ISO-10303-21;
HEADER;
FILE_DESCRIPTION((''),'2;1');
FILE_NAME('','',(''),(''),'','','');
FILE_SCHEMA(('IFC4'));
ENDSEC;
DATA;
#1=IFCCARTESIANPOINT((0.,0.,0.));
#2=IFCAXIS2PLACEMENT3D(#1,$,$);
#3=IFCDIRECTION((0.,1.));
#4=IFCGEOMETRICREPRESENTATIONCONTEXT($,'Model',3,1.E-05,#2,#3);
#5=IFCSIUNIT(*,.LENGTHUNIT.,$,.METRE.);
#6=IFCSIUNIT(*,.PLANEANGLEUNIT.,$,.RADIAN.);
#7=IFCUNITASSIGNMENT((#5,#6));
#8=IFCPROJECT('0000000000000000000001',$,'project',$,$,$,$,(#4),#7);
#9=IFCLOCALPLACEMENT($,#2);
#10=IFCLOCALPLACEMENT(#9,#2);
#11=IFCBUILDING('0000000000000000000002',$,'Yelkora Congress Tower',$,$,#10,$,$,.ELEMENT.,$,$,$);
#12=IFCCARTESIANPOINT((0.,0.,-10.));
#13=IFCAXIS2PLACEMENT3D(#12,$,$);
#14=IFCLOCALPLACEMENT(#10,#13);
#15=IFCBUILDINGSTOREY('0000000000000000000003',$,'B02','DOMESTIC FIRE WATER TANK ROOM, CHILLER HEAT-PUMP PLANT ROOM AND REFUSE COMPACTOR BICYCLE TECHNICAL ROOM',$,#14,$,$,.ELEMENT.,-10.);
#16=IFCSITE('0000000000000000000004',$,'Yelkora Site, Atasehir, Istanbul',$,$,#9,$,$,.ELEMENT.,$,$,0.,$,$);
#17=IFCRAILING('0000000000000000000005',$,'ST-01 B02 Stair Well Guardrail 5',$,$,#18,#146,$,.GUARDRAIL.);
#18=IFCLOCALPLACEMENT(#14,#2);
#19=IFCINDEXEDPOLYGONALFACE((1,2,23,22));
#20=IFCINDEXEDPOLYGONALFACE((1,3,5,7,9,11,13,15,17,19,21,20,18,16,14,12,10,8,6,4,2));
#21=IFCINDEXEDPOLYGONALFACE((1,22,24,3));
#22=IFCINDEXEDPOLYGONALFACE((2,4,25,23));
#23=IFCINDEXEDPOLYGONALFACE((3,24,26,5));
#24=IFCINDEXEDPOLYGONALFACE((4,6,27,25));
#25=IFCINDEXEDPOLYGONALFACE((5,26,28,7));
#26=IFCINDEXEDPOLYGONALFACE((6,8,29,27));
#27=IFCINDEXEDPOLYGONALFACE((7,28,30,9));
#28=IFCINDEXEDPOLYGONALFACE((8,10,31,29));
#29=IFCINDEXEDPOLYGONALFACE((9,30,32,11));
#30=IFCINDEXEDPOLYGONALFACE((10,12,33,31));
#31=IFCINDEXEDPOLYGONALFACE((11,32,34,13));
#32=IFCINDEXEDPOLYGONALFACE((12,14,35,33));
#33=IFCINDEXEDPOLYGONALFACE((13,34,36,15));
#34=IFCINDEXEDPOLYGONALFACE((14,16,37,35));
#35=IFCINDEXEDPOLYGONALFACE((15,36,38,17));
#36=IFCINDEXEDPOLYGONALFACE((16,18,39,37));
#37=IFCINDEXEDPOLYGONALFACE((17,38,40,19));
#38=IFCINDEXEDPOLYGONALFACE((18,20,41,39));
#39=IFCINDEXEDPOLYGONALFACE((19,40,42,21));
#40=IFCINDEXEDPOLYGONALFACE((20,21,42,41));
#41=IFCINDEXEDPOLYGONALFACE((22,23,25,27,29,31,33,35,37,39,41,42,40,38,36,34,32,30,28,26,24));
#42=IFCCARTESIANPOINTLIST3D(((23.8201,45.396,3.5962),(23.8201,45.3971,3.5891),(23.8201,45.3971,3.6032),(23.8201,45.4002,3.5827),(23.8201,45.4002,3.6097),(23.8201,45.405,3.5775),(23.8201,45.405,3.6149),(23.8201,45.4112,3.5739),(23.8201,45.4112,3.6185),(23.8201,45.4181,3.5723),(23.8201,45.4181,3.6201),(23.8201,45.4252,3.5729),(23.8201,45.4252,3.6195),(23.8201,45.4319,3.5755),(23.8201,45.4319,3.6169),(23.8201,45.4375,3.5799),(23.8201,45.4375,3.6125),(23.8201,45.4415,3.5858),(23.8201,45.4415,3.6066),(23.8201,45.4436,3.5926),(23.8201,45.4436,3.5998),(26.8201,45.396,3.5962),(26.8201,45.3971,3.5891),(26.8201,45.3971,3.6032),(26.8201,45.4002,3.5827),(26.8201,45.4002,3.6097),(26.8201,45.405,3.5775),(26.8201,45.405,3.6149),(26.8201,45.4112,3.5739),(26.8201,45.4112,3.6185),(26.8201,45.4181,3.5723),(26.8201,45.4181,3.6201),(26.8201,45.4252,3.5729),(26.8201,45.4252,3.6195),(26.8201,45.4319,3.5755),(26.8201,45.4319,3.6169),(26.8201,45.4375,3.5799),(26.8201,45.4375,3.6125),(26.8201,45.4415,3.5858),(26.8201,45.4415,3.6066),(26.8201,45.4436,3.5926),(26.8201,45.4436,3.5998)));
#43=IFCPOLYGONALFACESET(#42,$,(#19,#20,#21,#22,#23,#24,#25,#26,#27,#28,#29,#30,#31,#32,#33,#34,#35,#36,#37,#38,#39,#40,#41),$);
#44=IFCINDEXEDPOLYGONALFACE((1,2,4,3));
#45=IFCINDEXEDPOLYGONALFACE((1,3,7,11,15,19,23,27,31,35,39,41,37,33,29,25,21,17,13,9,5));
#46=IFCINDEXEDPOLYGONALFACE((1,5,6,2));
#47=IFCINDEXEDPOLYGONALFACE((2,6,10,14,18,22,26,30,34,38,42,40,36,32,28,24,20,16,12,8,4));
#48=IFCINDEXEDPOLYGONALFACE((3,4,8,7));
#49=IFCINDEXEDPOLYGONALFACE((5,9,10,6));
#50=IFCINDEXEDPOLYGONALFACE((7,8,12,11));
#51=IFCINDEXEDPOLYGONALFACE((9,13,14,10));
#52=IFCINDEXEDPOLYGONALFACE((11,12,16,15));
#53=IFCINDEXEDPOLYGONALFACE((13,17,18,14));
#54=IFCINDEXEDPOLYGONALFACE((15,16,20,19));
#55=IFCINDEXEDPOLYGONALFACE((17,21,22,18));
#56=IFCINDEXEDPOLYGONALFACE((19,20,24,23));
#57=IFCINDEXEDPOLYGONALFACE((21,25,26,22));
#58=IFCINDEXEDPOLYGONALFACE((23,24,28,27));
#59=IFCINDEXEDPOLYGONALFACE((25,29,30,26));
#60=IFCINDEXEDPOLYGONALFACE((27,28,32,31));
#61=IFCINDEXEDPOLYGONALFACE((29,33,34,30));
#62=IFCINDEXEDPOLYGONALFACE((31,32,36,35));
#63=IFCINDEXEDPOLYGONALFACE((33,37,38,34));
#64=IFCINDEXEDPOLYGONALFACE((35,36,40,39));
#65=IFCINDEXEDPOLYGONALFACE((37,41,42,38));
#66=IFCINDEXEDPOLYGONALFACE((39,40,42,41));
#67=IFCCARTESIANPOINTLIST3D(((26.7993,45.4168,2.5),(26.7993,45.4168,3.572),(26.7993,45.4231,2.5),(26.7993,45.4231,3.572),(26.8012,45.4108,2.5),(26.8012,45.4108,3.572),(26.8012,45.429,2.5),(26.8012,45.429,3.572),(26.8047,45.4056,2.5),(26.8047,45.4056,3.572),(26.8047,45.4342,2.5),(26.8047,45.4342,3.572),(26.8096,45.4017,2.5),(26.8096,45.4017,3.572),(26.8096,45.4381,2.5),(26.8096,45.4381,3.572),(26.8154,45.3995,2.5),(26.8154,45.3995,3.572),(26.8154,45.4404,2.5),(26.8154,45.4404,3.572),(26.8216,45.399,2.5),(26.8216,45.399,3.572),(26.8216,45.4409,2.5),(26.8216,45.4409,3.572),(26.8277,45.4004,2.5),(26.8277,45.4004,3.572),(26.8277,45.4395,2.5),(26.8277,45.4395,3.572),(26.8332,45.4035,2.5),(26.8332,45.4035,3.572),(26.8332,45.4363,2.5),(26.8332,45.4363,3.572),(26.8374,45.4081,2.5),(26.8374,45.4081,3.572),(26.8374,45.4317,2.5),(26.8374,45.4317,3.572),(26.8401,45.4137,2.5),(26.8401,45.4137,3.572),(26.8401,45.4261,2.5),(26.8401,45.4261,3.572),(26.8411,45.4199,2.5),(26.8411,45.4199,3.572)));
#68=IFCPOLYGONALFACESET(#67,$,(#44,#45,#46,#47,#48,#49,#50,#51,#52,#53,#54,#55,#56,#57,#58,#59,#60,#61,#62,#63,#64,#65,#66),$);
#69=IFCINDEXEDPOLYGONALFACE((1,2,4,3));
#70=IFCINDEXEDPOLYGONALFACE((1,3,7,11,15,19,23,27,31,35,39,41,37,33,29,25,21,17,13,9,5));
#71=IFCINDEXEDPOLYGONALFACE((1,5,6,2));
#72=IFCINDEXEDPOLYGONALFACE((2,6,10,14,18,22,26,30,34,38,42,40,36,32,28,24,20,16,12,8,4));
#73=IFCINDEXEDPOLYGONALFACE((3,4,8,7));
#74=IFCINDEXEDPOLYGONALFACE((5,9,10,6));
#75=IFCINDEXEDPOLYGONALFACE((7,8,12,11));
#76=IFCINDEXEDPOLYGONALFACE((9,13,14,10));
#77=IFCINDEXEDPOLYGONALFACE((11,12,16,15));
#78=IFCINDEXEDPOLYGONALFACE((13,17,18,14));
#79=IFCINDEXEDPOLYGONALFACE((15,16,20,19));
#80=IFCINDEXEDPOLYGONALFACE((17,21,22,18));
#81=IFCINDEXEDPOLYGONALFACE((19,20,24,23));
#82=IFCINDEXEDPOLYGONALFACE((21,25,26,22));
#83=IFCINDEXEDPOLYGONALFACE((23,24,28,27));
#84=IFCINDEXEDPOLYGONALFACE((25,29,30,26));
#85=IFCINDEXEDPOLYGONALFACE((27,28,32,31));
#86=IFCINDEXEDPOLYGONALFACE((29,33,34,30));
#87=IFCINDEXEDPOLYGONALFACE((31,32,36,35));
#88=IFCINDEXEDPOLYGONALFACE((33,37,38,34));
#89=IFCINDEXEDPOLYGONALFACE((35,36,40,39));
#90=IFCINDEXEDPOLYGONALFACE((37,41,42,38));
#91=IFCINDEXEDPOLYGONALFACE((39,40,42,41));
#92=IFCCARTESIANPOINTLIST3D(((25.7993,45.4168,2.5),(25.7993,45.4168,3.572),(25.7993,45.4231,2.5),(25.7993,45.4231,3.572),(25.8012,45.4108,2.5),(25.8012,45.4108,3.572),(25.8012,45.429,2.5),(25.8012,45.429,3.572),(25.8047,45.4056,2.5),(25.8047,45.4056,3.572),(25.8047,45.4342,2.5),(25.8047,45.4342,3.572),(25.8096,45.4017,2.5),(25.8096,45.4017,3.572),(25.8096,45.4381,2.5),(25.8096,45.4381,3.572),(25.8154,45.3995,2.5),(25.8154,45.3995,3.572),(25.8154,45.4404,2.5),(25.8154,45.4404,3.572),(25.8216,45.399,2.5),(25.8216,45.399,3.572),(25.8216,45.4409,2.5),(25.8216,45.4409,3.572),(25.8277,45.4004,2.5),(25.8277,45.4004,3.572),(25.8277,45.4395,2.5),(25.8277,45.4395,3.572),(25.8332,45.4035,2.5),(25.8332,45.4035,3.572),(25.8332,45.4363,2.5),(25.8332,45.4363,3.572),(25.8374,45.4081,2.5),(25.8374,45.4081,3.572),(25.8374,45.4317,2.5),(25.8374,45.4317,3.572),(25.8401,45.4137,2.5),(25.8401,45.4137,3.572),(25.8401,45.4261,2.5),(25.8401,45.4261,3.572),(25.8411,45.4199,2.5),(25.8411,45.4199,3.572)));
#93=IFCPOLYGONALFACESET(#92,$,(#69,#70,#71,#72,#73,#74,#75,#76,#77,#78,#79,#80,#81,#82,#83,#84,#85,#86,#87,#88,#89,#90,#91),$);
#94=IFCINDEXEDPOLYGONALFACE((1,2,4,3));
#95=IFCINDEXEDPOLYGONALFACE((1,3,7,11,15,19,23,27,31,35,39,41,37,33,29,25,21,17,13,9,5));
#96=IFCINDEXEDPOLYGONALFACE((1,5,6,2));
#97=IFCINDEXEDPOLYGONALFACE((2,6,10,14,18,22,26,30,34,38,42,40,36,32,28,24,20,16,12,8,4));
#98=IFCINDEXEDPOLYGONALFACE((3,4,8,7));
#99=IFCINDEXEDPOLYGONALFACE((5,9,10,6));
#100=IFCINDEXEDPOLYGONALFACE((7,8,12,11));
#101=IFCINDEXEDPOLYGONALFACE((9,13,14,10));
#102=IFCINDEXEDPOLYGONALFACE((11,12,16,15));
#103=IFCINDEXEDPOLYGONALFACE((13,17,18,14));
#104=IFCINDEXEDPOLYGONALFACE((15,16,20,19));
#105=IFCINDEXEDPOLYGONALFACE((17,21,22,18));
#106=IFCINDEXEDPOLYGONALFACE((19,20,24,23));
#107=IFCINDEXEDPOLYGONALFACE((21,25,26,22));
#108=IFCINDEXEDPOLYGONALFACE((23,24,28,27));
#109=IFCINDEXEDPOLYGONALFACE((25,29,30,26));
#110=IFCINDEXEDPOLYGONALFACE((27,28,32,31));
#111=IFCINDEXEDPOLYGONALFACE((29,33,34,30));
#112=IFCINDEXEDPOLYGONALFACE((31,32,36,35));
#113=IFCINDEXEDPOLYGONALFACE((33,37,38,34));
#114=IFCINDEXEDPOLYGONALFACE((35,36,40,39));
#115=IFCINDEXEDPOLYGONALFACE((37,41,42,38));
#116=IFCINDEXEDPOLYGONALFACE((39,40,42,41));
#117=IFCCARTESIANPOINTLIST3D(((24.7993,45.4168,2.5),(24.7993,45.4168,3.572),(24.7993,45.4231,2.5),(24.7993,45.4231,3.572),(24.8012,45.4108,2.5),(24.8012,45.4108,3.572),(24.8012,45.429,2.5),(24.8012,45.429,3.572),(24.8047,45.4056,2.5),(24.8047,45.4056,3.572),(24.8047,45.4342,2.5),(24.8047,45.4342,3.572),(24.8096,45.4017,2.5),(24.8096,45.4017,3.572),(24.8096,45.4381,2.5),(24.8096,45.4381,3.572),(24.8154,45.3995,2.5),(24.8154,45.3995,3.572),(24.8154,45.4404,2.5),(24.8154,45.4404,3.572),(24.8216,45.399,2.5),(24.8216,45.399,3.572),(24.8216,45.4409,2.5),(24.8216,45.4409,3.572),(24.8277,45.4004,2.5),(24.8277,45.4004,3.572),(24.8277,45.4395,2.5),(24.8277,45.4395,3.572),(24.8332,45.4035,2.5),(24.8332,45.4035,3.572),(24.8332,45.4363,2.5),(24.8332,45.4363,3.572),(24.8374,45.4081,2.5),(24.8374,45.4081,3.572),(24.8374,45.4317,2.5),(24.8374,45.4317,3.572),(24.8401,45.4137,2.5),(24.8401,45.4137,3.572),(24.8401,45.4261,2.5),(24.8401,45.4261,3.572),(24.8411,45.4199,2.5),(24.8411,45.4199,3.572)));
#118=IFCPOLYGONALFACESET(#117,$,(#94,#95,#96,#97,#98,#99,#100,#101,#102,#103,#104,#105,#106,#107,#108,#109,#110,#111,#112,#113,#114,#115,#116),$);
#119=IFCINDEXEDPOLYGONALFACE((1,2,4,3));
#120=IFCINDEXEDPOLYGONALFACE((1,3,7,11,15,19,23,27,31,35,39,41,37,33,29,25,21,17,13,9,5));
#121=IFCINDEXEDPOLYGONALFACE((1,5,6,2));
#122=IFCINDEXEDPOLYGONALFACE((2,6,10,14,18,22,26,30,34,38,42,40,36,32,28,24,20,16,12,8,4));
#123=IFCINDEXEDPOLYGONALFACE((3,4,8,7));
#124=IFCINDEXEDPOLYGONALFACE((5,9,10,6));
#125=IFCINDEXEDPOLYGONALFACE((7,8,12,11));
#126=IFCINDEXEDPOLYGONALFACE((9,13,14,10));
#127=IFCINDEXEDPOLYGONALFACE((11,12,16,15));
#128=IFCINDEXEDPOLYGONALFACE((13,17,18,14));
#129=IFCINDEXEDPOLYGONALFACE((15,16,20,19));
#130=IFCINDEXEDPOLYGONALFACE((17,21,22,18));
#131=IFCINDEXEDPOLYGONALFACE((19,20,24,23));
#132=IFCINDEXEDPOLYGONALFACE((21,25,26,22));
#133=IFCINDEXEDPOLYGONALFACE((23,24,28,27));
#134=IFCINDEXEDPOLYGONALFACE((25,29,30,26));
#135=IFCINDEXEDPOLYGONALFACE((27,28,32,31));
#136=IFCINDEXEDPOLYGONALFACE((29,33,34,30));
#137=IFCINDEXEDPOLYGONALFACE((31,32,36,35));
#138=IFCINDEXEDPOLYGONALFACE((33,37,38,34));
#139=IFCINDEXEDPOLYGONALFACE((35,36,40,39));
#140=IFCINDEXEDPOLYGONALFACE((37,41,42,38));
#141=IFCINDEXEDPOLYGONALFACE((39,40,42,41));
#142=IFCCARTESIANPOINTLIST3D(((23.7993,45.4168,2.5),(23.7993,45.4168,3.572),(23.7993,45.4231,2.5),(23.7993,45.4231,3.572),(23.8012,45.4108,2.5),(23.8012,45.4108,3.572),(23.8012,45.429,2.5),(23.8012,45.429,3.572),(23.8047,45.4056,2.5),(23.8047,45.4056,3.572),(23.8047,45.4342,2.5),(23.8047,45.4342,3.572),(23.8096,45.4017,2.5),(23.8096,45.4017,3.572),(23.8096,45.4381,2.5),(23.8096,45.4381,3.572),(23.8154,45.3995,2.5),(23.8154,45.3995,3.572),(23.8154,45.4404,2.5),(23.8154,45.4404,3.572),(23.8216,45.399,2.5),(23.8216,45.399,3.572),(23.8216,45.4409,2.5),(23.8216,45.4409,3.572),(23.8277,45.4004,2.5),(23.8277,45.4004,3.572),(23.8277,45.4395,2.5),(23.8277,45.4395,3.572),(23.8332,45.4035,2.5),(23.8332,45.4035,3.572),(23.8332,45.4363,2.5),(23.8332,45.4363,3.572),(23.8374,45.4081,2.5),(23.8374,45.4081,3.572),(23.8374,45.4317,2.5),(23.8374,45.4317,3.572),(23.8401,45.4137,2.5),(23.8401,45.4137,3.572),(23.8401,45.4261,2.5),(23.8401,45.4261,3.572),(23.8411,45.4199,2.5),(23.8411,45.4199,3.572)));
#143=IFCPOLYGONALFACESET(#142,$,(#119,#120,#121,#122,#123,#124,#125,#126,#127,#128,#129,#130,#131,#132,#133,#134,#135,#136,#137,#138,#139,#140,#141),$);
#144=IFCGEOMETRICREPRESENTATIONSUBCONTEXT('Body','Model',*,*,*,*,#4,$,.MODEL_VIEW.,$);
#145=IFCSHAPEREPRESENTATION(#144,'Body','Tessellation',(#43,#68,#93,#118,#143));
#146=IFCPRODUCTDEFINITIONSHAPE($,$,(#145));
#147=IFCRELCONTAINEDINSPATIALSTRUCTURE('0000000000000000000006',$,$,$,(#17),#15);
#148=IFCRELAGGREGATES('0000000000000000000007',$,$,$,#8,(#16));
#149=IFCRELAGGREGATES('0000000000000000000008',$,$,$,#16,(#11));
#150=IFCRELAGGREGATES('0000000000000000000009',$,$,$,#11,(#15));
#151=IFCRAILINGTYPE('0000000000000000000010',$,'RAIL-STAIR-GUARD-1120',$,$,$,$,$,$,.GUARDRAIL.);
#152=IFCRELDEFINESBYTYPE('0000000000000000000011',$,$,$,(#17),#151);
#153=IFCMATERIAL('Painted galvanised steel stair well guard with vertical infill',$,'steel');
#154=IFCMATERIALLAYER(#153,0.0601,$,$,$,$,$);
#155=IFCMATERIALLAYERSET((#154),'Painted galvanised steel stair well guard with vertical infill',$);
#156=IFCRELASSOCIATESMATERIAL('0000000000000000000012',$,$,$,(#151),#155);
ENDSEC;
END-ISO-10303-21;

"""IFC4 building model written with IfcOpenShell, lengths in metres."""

from ifc_helpers import new_model, si_unit, direction, frame, origin, origin_2d, place, context, subcontext, project, spatial, circle, extrude, material, layer, layer_set, type_object, element, save


model = new_model("IFC4")

# Units and contexts
model_context = context("Model", 3, precision=1e-05, world=origin(), true_north=direction((0.0, 1.0)))
body_context = subcontext(model_context, "Body", "Model", "MODEL_VIEW")
ifc_project = project(units=[si_unit("LENGTHUNIT", "METRE"), si_unit("PLANEANGLEUNIT", "RADIAN")], contexts=[model_context])

# Site, building, storey
site_placement = place(None, origin())
site = spatial("IfcSite", under=ifc_project, at=site_placement, Name="Yelkora Site, Atasehir, Istanbul", CompositionType="ELEMENT", RefElevation=0.0)
building_placement = place(site_placement, origin())
building = spatial("IfcBuilding", under=site, at=building_placement, Name="Yelkora Congress Tower", CompositionType="ELEMENT")
storey_placement = place(building_placement, frame((0.0, 0.0, -10.0)))
storey = spatial("IfcBuildingStorey", under=building, at=storey_placement, Name="B02", Description="DOMESTIC FIRE WATER TANK ROOM, CHILLER HEAT-PUMP PLANT ROOM AND REFUSE COMPACTOR BICYCLE TECHNICAL ROOM", CompositionType="ELEMENT", Elevation=-10.0)

# Railing
ifc_material_1 = material(Name="Painted galvanised steel stair well guard with vertical infill", Category="steel")
ifc_layer_1 = layer(ifc_material_1, 0.0601)
ifc_layer_set_1 = layer_set([ifc_layer_1], Name="Painted galvanised steel stair well guard with vertical infill")
railing_type_1 = type_object("IfcRailingType", Name="RAIL-STAIR-GUARD-1120", PredefinedType="GUARDRAIL", material=ifc_layer_set_1)
railing_1_placement = place(storey_placement, frame((26.8201, 45.4199, 2.5)))
element("IfcRailing", 1, at=railing_1_placement, inside=storey, type_object=railing_type_1, Name="ST-01 B02 Stair Well Guardrail 5", PredefinedType="GUARDRAIL", context=body_context, shape_type="SweptSolid", body=[
    extrude(circle(Radius=0.0239, at=origin_2d()), frame((0.0, 0.0, 1.0962), z_axis=(-1.0, 0.0, 0.0), x_axis=(0.0, -1.0, 0.0)), (0.0, 0.0, 1.0), 3.0),
    extrude(circle(Radius=0.021, at=origin_2d()), origin(), (0.0, 0.0, 1.0), 1.072),
    extrude(circle(Radius=0.021, at=origin_2d()), frame((-1.0, 0.0, 0.0)), (0.0, 0.0, 1.0), 1.072),
    extrude(circle(Radius=0.021, at=origin_2d()), frame((-2.0, 0.0, 0.0)), (0.0, 0.0, 1.0), 1.072),
    extrude(circle(Radius=0.021, at=origin_2d()), frame((-3.0, 0.0, 0.0)), (0.0, 0.0, 1.0), 1.072),
])

save(model, "model.ifc")
